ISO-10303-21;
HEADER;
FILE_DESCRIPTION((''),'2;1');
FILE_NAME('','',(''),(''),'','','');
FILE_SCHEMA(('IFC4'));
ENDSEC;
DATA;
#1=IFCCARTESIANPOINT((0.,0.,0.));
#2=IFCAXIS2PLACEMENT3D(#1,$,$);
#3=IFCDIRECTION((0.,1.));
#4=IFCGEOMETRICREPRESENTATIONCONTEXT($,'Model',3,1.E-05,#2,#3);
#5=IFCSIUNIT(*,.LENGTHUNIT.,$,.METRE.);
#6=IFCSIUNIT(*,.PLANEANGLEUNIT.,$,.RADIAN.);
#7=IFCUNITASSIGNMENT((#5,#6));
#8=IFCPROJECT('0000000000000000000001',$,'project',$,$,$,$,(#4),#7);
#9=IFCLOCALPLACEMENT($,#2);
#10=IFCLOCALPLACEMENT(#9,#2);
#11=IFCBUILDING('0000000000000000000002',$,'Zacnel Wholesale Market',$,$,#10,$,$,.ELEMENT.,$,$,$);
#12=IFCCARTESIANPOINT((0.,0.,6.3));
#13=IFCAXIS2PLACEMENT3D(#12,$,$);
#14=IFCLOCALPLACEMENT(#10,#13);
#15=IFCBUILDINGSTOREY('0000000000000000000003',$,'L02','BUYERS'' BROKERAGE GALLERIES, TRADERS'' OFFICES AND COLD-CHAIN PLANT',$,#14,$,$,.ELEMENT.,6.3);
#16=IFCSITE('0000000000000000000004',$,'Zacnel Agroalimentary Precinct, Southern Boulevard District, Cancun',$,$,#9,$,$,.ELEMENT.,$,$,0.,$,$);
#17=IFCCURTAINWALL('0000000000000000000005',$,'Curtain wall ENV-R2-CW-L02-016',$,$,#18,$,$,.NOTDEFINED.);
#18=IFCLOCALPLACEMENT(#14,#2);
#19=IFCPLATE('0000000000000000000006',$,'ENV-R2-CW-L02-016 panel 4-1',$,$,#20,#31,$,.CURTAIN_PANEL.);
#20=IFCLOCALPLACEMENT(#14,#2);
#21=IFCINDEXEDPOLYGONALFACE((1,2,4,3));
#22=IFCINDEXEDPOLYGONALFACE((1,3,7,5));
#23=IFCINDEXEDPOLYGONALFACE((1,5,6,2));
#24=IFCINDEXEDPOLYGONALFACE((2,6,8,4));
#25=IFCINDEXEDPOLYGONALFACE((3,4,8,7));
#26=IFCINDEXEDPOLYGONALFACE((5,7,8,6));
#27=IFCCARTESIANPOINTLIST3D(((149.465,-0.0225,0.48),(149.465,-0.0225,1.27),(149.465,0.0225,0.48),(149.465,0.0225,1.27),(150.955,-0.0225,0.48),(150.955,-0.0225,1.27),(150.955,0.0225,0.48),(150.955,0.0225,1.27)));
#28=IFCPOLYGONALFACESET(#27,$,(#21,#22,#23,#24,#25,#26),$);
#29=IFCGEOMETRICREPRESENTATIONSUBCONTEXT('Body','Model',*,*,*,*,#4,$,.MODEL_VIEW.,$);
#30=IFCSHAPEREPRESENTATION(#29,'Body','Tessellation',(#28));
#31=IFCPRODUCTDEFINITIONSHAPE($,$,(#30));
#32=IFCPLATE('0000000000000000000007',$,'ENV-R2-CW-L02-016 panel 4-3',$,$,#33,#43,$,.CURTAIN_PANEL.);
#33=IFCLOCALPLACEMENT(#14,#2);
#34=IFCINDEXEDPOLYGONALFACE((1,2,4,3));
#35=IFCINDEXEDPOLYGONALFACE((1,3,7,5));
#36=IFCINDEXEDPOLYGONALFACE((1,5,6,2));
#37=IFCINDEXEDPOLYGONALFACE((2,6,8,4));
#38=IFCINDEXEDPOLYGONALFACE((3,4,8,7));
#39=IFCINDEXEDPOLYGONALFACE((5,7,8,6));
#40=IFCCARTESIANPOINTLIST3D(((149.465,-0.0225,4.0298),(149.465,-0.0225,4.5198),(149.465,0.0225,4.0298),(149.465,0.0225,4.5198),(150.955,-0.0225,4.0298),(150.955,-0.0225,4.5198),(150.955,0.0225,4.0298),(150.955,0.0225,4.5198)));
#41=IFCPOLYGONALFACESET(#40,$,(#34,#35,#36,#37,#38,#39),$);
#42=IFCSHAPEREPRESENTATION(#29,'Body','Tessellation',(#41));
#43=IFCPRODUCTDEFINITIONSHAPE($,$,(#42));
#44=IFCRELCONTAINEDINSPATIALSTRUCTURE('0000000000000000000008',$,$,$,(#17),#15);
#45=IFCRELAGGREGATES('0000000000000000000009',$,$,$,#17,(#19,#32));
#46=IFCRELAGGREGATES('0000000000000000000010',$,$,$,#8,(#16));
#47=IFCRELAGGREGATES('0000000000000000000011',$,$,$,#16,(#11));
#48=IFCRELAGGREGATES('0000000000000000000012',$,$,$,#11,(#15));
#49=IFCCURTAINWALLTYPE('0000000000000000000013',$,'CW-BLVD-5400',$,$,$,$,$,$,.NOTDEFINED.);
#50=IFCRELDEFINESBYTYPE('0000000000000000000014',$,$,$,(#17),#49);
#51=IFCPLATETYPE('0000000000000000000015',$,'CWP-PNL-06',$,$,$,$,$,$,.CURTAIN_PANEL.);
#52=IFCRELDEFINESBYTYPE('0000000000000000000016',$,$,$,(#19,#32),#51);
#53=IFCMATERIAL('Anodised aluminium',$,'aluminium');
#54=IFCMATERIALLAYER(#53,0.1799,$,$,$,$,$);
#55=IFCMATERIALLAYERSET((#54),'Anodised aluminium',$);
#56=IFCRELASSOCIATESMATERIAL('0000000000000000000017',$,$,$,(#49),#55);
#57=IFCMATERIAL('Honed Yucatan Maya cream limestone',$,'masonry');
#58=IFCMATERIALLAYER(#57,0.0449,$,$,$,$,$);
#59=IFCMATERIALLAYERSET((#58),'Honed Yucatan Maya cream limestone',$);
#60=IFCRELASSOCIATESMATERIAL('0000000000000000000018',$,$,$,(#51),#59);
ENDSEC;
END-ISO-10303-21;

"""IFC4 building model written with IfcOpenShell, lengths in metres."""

from ifc_helpers import new_model, si_unit, direction, frame, origin, origin_2d, place, context, subcontext, project, spatial, rectangle, extrude, material, layer, layer_set, type_object, element, aggregate, save


model = new_model("IFC4")

# Units and contexts
model_context = context("Model", 3, precision=1e-05, world=origin(), true_north=direction((0.0, 1.0)))
body_context = subcontext(model_context, "Body", "Model", "MODEL_VIEW")
ifc_project = project(units=[si_unit("LENGTHUNIT", "METRE"), si_unit("PLANEANGLEUNIT", "RADIAN")], contexts=[model_context])

# Site, building, storey
site_placement = place(None, origin())
site = spatial("IfcSite", under=ifc_project, at=site_placement, Name="Zacnel Agroalimentary Precinct, Southern Boulevard District, Cancun", CompositionType="ELEMENT", RefElevation=0.0)
building_placement = place(site_placement, origin())
building = spatial("IfcBuilding", under=site, at=building_placement, Name="Zacnel Wholesale Market", CompositionType="ELEMENT")
storey_placement = place(building_placement, frame((0.0, 0.0, 6.3)))
storey = spatial("IfcBuildingStorey", under=building, at=storey_placement, Name="L02", Description="BUYERS' BROKERAGE GALLERIES, TRADERS' OFFICES AND COLD-CHAIN PLANT", CompositionType="ELEMENT", Elevation=6.3)

# Curtain wall, plates
ifc_material_1 = material(Name="Anodised aluminium", Category="aluminium")
ifc_layer_1 = layer(ifc_material_1, 0.1799)
ifc_layer_set_1 = layer_set([ifc_layer_1], Name="Anodised aluminium")
curtain_wall_type = type_object("IfcCurtainWallType", Name="CW-BLVD-5400", PredefinedType="NOTDEFINED", material=ifc_layer_set_1)
curtain_wall_placement = place(storey_placement, origin())
curtain_wall = element("IfcCurtainWall", 1, at=curtain_wall_placement, inside=storey, type_object=curtain_wall_type, Name="Curtain wall ENV-R2-CW-L02-016", PredefinedType="NOTDEFINED")
ifc_material_2 = material(Name="Honed Yucatan Maya cream limestone", Category="masonry")
ifc_layer_2 = layer(ifc_material_2, 0.0449)
ifc_layer_set_2 = layer_set([ifc_layer_2], Name="Honed Yucatan Maya cream limestone")
plate_type_1 = type_object("IfcPlateType", Name="CWP-PNL-06", PredefinedType="CURTAIN_PANEL", material=ifc_layer_set_2)
plate_1_placement = place(storey_placement, frame((150.21, 0.0, 0.48), z_axis=(0.0, 0.0, 1.0), x_axis=(1.0, 0.0, 0.0)))
plate_1 = element("IfcPlate", 2, at=plate_1_placement, type_object=plate_type_1, Name="ENV-R2-CW-L02-016 panel 4-1", PredefinedType="CURTAIN_PANEL", context=body_context, shape_type="SweptSolid", body=[
    extrude(rectangle(XDim=1.49, YDim=0.0449, at=origin_2d()), origin(), (0.0, 0.0, 1.0), 0.79),
])
plate_2_placement = place(storey_placement, frame((150.21, 0.0, 4.0298), z_axis=(0.0, 0.0, 1.0), x_axis=(1.0, 0.0, 0.0)))
plate_2 = element("IfcPlate", 3, at=plate_2_placement, type_object=plate_type_1, Name="ENV-R2-CW-L02-016 panel 4-3", PredefinedType="CURTAIN_PANEL", context=body_context, shape_type="SweptSolid", body=[
    extrude(rectangle(XDim=1.49, YDim=0.0449, at=origin_2d()), origin(), (0.0, 0.0, 1.0), 0.49),
])
aggregate(curtain_wall, [plate_1, plate_2])

save(model, "model.ifc")
